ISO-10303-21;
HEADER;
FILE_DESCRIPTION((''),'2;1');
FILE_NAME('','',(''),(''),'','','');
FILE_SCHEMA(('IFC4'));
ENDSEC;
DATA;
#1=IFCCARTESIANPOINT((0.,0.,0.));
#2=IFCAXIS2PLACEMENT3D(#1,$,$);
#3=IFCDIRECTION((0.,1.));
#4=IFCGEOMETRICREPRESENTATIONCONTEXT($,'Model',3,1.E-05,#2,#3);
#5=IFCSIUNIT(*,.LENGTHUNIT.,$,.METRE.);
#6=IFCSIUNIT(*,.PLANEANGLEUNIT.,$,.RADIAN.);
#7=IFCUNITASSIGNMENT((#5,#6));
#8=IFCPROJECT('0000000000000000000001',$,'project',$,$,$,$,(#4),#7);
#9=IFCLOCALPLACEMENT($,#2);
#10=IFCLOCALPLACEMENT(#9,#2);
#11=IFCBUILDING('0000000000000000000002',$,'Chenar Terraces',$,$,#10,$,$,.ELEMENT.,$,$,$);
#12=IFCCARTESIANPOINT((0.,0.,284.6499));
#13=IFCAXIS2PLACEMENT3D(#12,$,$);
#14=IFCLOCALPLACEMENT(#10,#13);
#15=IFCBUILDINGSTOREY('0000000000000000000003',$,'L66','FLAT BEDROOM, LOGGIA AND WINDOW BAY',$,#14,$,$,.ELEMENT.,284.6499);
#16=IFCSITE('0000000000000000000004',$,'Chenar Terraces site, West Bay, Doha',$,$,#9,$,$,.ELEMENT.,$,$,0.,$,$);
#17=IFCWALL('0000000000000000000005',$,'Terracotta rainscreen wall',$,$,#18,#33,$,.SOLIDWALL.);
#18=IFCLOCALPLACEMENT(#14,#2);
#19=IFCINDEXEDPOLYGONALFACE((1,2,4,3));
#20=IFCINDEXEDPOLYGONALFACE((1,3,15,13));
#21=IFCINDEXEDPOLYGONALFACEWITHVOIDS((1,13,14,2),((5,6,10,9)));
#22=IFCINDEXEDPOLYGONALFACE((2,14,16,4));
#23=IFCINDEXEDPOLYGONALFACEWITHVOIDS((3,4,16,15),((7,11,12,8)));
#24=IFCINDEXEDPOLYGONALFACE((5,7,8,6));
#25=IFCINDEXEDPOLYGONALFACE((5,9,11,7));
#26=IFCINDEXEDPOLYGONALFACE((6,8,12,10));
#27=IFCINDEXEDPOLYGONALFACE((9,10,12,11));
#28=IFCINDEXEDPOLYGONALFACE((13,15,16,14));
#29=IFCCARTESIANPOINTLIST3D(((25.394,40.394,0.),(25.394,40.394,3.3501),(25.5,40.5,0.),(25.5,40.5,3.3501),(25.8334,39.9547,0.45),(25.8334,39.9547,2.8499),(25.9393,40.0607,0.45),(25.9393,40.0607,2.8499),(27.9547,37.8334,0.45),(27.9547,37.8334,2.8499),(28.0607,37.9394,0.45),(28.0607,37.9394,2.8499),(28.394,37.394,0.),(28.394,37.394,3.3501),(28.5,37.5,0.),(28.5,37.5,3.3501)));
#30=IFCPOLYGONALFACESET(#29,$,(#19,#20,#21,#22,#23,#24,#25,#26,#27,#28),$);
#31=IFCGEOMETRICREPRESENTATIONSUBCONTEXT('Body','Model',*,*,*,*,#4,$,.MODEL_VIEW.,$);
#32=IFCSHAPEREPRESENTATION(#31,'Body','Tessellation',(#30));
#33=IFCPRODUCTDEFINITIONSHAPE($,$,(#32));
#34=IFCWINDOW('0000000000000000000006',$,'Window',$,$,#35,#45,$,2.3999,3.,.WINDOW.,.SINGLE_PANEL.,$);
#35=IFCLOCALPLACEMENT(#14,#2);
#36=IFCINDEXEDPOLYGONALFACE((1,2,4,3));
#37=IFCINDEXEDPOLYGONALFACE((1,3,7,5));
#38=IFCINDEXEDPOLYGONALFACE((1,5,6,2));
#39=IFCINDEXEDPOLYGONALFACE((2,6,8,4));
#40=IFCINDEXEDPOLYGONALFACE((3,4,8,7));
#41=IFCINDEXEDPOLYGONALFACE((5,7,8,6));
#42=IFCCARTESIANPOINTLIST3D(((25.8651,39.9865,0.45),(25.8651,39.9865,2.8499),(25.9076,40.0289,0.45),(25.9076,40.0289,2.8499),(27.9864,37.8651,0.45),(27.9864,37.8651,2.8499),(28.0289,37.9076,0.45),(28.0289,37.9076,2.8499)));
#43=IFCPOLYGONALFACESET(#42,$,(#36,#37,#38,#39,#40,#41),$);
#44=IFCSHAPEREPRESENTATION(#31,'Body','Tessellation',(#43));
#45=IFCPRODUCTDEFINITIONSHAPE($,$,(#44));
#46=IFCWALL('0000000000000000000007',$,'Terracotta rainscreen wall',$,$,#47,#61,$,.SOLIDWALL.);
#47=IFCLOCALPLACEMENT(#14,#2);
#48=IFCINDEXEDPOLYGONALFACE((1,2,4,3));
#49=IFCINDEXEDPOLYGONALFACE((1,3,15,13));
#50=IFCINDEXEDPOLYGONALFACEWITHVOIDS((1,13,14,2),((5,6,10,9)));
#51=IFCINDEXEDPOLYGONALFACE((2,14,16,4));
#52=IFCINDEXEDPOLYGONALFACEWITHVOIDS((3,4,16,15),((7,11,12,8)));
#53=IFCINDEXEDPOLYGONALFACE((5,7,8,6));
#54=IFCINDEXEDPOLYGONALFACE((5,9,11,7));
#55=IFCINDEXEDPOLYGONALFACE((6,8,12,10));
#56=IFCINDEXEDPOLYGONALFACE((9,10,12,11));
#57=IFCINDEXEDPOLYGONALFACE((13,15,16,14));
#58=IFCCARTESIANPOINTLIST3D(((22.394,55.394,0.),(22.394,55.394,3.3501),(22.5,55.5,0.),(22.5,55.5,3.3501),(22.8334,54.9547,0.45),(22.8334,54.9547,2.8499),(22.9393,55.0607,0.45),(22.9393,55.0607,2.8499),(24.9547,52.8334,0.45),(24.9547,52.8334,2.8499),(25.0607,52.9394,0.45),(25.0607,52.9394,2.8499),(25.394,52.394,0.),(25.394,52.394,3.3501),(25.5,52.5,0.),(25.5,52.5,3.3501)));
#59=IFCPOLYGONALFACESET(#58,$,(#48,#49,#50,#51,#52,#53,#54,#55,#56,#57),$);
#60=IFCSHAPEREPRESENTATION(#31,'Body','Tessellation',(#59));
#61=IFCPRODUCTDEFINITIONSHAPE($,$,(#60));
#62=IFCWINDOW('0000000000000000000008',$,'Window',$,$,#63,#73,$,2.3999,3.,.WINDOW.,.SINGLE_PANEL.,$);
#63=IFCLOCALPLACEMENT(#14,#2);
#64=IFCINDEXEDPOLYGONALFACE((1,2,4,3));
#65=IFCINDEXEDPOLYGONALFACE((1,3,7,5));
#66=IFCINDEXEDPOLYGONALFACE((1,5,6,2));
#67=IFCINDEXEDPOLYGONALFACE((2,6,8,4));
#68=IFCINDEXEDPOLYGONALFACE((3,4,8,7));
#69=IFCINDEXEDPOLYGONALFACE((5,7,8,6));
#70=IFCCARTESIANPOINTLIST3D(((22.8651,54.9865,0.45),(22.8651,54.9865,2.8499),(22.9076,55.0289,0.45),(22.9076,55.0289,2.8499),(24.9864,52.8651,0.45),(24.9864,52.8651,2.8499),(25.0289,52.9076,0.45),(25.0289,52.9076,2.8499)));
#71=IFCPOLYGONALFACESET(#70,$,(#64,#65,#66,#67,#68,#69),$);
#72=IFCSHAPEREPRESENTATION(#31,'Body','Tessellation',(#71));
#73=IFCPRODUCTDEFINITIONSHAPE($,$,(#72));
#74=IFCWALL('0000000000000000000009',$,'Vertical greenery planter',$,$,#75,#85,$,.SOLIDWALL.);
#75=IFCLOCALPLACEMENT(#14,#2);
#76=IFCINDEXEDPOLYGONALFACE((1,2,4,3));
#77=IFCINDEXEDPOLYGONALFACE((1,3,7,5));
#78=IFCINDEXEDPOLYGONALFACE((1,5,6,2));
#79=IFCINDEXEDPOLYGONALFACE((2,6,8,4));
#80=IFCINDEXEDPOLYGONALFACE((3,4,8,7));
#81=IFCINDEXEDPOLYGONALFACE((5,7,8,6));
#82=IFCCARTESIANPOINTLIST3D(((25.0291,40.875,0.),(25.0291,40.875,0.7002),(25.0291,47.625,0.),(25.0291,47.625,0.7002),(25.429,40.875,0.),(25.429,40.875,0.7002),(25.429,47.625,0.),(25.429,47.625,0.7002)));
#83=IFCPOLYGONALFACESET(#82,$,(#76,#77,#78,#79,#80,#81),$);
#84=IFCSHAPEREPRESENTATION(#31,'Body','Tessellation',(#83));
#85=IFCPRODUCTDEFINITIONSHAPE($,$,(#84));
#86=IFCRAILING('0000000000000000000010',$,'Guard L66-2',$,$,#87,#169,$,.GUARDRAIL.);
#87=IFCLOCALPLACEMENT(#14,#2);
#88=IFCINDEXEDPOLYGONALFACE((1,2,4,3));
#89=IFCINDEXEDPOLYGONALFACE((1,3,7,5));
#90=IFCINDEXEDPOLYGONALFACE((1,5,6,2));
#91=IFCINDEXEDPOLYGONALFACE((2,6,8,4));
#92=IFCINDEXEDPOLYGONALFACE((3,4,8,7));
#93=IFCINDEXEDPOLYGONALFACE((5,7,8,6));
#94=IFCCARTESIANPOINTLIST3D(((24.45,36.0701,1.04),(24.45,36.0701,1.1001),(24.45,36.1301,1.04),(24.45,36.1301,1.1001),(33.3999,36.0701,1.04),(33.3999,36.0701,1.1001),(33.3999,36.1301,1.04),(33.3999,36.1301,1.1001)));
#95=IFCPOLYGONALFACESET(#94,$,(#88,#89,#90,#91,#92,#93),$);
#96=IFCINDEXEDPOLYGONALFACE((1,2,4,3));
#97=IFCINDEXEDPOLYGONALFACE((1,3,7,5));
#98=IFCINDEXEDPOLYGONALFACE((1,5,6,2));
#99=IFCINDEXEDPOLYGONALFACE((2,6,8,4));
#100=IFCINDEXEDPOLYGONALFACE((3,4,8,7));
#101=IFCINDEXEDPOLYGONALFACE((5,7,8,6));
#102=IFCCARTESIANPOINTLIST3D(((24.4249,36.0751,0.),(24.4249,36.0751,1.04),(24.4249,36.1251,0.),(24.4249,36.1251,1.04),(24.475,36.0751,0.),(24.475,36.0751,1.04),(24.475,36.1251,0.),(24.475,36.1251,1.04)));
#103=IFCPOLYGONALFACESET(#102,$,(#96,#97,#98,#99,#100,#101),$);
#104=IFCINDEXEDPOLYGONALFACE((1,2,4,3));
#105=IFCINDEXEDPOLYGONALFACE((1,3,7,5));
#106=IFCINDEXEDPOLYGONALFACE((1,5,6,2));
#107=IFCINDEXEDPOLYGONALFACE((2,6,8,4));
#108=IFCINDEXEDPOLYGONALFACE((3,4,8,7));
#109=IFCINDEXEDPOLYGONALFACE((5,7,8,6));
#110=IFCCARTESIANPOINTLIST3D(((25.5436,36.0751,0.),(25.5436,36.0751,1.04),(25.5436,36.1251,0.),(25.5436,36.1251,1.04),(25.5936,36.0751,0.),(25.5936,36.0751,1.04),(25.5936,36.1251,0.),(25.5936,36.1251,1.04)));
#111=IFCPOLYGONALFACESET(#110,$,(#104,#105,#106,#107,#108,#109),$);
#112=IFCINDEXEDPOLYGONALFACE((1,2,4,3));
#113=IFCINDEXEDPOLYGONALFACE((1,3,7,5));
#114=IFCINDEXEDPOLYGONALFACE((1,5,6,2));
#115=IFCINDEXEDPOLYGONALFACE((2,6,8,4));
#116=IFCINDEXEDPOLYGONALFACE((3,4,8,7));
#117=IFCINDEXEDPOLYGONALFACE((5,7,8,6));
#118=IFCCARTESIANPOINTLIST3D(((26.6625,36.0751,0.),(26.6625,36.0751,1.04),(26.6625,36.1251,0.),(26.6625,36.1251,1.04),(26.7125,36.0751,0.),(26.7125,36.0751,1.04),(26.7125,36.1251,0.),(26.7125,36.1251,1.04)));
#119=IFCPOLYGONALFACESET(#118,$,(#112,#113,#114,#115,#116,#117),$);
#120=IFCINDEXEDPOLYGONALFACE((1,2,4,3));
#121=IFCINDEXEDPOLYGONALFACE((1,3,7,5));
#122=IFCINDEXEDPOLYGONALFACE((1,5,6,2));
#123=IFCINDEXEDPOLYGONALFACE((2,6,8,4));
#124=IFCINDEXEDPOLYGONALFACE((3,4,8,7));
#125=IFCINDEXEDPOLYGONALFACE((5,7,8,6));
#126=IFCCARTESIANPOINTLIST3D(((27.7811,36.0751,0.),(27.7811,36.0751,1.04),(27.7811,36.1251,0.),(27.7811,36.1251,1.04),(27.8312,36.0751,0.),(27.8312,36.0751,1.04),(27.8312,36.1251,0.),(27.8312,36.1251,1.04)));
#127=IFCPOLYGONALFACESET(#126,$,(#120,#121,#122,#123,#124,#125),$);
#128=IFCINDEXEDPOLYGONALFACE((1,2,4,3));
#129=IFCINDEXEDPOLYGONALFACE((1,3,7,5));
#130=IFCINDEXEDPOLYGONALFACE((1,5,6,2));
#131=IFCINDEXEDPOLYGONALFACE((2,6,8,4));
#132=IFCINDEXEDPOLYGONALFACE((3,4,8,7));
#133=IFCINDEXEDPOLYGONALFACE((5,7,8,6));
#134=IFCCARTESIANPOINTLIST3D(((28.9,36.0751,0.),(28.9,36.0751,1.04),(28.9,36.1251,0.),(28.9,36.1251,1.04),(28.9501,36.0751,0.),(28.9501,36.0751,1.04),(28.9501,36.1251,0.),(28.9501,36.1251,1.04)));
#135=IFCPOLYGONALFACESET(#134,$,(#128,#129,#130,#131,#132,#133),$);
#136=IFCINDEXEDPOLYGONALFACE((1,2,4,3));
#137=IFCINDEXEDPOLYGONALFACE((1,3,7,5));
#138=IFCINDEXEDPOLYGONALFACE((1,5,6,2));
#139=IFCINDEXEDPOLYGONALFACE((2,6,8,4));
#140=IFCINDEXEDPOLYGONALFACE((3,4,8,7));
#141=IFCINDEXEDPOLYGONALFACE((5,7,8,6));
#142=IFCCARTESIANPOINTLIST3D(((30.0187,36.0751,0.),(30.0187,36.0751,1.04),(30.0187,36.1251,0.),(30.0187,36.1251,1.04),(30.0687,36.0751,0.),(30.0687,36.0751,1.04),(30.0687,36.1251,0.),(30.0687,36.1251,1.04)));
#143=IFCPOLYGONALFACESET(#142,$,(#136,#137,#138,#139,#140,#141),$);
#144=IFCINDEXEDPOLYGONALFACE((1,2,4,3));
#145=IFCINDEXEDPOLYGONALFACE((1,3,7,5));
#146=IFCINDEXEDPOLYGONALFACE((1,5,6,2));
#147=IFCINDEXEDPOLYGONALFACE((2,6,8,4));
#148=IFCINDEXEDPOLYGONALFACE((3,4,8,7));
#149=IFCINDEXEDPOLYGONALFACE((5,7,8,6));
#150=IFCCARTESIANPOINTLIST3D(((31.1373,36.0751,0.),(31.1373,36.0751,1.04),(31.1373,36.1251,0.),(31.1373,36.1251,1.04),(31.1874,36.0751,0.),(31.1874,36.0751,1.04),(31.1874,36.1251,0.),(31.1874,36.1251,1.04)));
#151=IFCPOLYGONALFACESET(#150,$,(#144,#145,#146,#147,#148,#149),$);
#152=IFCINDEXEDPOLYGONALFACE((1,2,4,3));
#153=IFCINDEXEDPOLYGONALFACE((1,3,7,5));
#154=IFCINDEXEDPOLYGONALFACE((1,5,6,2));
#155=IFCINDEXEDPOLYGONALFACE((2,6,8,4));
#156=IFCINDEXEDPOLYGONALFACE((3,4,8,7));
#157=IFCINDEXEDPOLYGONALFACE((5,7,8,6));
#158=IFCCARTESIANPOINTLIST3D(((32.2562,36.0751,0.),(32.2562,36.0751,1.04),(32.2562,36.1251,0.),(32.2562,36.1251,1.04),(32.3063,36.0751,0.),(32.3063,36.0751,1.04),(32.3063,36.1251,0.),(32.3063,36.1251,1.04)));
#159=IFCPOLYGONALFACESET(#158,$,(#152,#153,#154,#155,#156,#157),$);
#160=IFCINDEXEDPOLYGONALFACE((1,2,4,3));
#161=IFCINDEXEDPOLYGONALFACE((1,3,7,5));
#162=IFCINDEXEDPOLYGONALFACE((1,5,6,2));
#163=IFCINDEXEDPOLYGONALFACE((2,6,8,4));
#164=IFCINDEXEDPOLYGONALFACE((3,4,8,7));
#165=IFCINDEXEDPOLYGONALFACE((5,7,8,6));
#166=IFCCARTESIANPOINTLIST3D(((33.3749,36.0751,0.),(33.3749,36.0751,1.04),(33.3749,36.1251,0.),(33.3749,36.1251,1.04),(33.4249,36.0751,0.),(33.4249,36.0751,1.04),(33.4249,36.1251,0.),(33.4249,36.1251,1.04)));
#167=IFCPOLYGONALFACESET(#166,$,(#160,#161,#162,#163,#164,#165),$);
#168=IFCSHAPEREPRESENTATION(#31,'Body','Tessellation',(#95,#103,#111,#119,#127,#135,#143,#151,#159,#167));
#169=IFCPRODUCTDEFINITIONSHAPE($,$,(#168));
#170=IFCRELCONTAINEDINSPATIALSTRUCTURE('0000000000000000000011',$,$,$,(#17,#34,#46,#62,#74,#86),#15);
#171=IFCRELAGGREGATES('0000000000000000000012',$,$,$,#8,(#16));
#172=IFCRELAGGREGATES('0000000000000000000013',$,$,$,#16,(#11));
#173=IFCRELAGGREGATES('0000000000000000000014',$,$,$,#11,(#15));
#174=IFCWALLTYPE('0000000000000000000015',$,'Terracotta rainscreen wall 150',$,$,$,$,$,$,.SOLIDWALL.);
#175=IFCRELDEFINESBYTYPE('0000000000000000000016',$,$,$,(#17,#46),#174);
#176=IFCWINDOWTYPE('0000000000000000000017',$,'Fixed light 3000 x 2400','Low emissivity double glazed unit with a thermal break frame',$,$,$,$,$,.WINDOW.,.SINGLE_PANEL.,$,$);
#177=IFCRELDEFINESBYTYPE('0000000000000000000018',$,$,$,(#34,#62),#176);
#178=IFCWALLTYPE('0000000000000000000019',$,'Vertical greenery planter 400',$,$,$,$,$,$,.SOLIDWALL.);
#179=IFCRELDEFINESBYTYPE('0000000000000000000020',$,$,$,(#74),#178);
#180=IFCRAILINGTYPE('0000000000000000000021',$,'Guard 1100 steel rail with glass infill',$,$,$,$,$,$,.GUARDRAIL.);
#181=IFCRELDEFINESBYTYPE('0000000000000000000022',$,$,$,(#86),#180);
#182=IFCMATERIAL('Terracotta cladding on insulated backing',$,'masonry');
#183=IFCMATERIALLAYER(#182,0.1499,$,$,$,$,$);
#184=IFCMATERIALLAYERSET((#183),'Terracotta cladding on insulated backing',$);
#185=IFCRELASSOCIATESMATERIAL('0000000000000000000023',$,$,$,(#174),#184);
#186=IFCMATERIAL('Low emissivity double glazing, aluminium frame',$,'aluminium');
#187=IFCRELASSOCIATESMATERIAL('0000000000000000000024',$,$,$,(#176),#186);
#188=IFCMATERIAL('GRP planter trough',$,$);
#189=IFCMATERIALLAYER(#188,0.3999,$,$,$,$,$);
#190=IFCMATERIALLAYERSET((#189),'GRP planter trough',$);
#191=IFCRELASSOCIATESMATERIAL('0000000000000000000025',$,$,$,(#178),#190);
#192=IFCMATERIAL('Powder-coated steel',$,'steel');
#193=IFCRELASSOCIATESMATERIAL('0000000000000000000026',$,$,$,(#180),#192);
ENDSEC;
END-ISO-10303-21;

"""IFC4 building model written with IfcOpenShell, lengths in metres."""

from ifc_helpers import new_model, si_unit, direction, frame, frame_2d, origin, origin_2d, place, context, subcontext, project, spatial, rectangle, extrude, material, layer, layer_set, type_object, element, fill, save


model = new_model("IFC4")

# Units and contexts
model_context = context("Model", 3, precision=1e-05, world=origin(), true_north=direction((0.0, 1.0)))
body_context = subcontext(model_context, "Body", "Model", "MODEL_VIEW")
ifc_project = project(units=[si_unit("LENGTHUNIT", "METRE"), si_unit("PLANEANGLEUNIT", "RADIAN")], contexts=[model_context])

# Site, building, storey
site_placement = place(None, origin())
site = spatial("IfcSite", under=ifc_project, at=site_placement, Name="Chenar Terraces site, West Bay, Doha", CompositionType="ELEMENT", RefElevation=0.0)
building_placement = place(site_placement, origin())
building = spatial("IfcBuilding", under=site, at=building_placement, Name="Chenar Terraces", CompositionType="ELEMENT")
storey_placement = place(building_placement, frame((0.0, 0.0, 284.6499)))
storey = spatial("IfcBuildingStorey", under=building, at=storey_placement, Name="L66", Description="FLAT BEDROOM, LOGGIA AND WINDOW BAY", CompositionType="ELEMENT", Elevation=284.6499)

# Walls, openings, windows
ifc_material_1 = material(Name="Terracotta cladding on insulated backing", Category="masonry")
ifc_layer_1 = layer(ifc_material_1, 0.1499)
ifc_layer_set_1 = layer_set([ifc_layer_1], Name="Terracotta cladding on insulated backing")
wall_type_1 = type_object("IfcWallType", Name="Terracotta rainscreen wall 150", PredefinedType="SOLIDWALL", material=ifc_layer_set_1)
wall_1_placement = place(storey_placement, frame((28.447, 37.447, 0.0), z_axis=(0.0, 0.0, 1.0), x_axis=(-0.707107, 0.707107, 0.0)))
wall_1 = element("IfcWall", 1, at=wall_1_placement, inside=storey, type_object=wall_type_1, Name="Terracotta rainscreen wall", PredefinedType="SOLIDWALL", context=body_context, shape_type="SweptSolid", body=[
    extrude(rectangle(XDim=4.2427, YDim=0.1499, at=frame_2d((2.1213, 0.0))), origin(), (0.0, 0.0, 1.0), 3.3501),
])
opening_1_placement = place(wall_1_placement, frame((0.6213, 0.0, 0.45)))
opening_1 = element("IfcOpeningElement", 2, at=opening_1_placement, cuts=wall_1, PredefinedType="OPENING", context=body_context, shape_type="SweptSolid", body=[
    extrude(rectangle(XDim=3.0, YDim=2.3999, at=frame_2d((1.5, 1.2))), frame((0.0, 0.085, 0.0), z_axis=(0.0, -1.0, 0.0), x_axis=(1.0, 0.0, 0.0)), (0.0, 0.0, 1.0), 0.1699),
])
ifc_material_2 = material(Name="Low emissivity double glazing, aluminium frame", Category="aluminium")
window_type_1 = type_object("IfcWindowType", Name="Fixed light 3000 x 2400", Description="Low emissivity double glazed unit with a thermal break frame", PartitioningType="SINGLE_PANEL", PredefinedType="WINDOW", material=ifc_material_2)
window_1_placement = place(opening_1_placement, origin())
window_1 = element("IfcWindow", 3, at=window_1_placement, inside=storey, type_object=window_type_1, Name="Window", OverallHeight=2.3999, OverallWidth=3.0, PartitioningType="SINGLE_PANEL", PredefinedType="WINDOW", context=body_context, shape_type="SweptSolid", body=[
    extrude(rectangle(XDim=3.0, YDim=2.3999, at=frame_2d((1.5, 1.2))), frame((0.0, 0.03, 0.0), z_axis=(0.0, -1.0, 0.0), x_axis=(1.0, 0.0, 0.0)), (0.0, 0.0, 1.0), 0.0601),
])
fill(opening_1, window_1)
wall_2_placement = place(storey_placement, frame((25.447, 52.447, 0.0), z_axis=(0.0, 0.0, 1.0), x_axis=(-0.707107, 0.707107, 0.0)))
wall_2 = element("IfcWall", 4, at=wall_2_placement, inside=storey, type_object=wall_type_1, Name="Terracotta rainscreen wall", PredefinedType="SOLIDWALL", context=body_context, shape_type="SweptSolid", body=[
    extrude(rectangle(XDim=4.2427, YDim=0.1499, at=frame_2d((2.1213, 0.0))), origin(), (0.0, 0.0, 1.0), 3.3501),
])
opening_2_placement = place(wall_2_placement, frame((0.6213, 0.0, 0.45)))
opening_2 = element("IfcOpeningElement", 5, at=opening_2_placement, cuts=wall_2, PredefinedType="OPENING", context=body_context, shape_type="SweptSolid", body=[
    extrude(rectangle(XDim=3.0, YDim=2.3999, at=frame_2d((1.5, 1.2))), frame((0.0, 0.085, 0.0), z_axis=(0.0, -1.0, 0.0), x_axis=(1.0, 0.0, 0.0)), (0.0, 0.0, 1.0), 0.1699),
])
window_2_placement = place(opening_2_placement, origin())
window_2 = element("IfcWindow", 6, at=window_2_placement, inside=storey, type_object=window_type_1, Name="Window", OverallHeight=2.3999, OverallWidth=3.0, PartitioningType="SINGLE_PANEL", PredefinedType="WINDOW", context=body_context, shape_type="SweptSolid", body=[
    extrude(rectangle(XDim=3.0, YDim=2.3999, at=frame_2d((1.5, 1.2))), frame((0.0, 0.03, 0.0), z_axis=(0.0, -1.0, 0.0), x_axis=(1.0, 0.0, 0.0)), (0.0, 0.0, 1.0), 0.0601),
])
fill(opening_2, window_2)

# Wall
ifc_material_3 = material(Name="GRP planter trough")
ifc_layer_2 = layer(ifc_material_3, 0.3999)
ifc_layer_set_2 = layer_set([ifc_layer_2], Name="GRP planter trough")
wall_type_2 = type_object("IfcWallType", Name="Vertical greenery planter 400", PredefinedType="SOLIDWALL", material=ifc_layer_set_2)
wall_3_placement = place(storey_placement, frame((25.229, 40.875, 0.0), z_axis=(0.0, 0.0, 1.0), x_axis=(0.0, 1.0, 0.0)))
element("IfcWall", 7, at=wall_3_placement, inside=storey, type_object=wall_type_2, Name="Vertical greenery planter", PredefinedType="SOLIDWALL", context=body_context, shape_type="SweptSolid", body=[
    extrude(rectangle(XDim=6.75, YDim=0.3999, at=frame_2d((3.375, 0.0))), origin(), (0.0, 0.0, 1.0), 0.7002),
])

# Railing
ifc_material_4 = material(Name="Powder-coated steel", Category="steel")
railing_type_1 = type_object("IfcRailingType", Name="Guard 1100 steel rail with glass infill", PredefinedType="GUARDRAIL", material=ifc_material_4)
railing_1_placement = place(storey_placement, frame((24.45, 36.1001, 0.0)))
element("IfcRailing", 8, at=railing_1_placement, inside=storey, type_object=railing_type_1, Name="Guard L66-2", PredefinedType="GUARDRAIL", context=body_context, shape_type="SweptSolid", body=[
    extrude(rectangle(XDim=0.0601, YDim=0.0601, at=origin_2d()), frame((0.0, 0.0, 1.0701), z_axis=(1.0, 0.0, 0.0), x_axis=(0.0, 1.0, 0.0)), (0.0, 0.0, 1.0), 8.95),
    extrude(rectangle(XDim=0.05, YDim=0.05, at=origin_2d()), origin(), (0.0, 0.0, 1.0), 1.04),
    extrude(rectangle(XDim=0.05, YDim=0.05, at=origin_2d()), frame((1.1187, 0.0, 0.0)), (0.0, 0.0, 1.0), 1.04),
    extrude(rectangle(XDim=0.05, YDim=0.05, at=origin_2d()), frame((2.2375, 0.0, 0.0)), (0.0, 0.0, 1.0), 1.04),
    extrude(rectangle(XDim=0.05, YDim=0.05, at=origin_2d()), frame((3.3562, 0.0, 0.0)), (0.0, 0.0, 1.0), 1.04),
    extrude(rectangle(XDim=0.05, YDim=0.05, at=origin_2d()), frame((4.4751, 0.0, 0.0)), (0.0, 0.0, 1.0), 1.04),
    extrude(rectangle(XDim=0.05, YDim=0.05, at=origin_2d()), frame((5.5938, 0.0, 0.0)), (0.0, 0.0, 1.0), 1.04),
    extrude(rectangle(XDim=0.05, YDim=0.05, at=origin_2d()), frame((6.7124, 0.0, 0.0)), (0.0, 0.0, 1.0), 1.04),
    extrude(rectangle(XDim=0.05, YDim=0.05, at=origin_2d()), frame((7.8313, 0.0, 0.0)), (0.0, 0.0, 1.0), 1.04),
    extrude(rectangle(XDim=0.05, YDim=0.05, at=origin_2d()), frame((8.95, 0.0, 0.0)), (0.0, 0.0, 1.0), 1.04),
])

save(model, "model.ifc")
